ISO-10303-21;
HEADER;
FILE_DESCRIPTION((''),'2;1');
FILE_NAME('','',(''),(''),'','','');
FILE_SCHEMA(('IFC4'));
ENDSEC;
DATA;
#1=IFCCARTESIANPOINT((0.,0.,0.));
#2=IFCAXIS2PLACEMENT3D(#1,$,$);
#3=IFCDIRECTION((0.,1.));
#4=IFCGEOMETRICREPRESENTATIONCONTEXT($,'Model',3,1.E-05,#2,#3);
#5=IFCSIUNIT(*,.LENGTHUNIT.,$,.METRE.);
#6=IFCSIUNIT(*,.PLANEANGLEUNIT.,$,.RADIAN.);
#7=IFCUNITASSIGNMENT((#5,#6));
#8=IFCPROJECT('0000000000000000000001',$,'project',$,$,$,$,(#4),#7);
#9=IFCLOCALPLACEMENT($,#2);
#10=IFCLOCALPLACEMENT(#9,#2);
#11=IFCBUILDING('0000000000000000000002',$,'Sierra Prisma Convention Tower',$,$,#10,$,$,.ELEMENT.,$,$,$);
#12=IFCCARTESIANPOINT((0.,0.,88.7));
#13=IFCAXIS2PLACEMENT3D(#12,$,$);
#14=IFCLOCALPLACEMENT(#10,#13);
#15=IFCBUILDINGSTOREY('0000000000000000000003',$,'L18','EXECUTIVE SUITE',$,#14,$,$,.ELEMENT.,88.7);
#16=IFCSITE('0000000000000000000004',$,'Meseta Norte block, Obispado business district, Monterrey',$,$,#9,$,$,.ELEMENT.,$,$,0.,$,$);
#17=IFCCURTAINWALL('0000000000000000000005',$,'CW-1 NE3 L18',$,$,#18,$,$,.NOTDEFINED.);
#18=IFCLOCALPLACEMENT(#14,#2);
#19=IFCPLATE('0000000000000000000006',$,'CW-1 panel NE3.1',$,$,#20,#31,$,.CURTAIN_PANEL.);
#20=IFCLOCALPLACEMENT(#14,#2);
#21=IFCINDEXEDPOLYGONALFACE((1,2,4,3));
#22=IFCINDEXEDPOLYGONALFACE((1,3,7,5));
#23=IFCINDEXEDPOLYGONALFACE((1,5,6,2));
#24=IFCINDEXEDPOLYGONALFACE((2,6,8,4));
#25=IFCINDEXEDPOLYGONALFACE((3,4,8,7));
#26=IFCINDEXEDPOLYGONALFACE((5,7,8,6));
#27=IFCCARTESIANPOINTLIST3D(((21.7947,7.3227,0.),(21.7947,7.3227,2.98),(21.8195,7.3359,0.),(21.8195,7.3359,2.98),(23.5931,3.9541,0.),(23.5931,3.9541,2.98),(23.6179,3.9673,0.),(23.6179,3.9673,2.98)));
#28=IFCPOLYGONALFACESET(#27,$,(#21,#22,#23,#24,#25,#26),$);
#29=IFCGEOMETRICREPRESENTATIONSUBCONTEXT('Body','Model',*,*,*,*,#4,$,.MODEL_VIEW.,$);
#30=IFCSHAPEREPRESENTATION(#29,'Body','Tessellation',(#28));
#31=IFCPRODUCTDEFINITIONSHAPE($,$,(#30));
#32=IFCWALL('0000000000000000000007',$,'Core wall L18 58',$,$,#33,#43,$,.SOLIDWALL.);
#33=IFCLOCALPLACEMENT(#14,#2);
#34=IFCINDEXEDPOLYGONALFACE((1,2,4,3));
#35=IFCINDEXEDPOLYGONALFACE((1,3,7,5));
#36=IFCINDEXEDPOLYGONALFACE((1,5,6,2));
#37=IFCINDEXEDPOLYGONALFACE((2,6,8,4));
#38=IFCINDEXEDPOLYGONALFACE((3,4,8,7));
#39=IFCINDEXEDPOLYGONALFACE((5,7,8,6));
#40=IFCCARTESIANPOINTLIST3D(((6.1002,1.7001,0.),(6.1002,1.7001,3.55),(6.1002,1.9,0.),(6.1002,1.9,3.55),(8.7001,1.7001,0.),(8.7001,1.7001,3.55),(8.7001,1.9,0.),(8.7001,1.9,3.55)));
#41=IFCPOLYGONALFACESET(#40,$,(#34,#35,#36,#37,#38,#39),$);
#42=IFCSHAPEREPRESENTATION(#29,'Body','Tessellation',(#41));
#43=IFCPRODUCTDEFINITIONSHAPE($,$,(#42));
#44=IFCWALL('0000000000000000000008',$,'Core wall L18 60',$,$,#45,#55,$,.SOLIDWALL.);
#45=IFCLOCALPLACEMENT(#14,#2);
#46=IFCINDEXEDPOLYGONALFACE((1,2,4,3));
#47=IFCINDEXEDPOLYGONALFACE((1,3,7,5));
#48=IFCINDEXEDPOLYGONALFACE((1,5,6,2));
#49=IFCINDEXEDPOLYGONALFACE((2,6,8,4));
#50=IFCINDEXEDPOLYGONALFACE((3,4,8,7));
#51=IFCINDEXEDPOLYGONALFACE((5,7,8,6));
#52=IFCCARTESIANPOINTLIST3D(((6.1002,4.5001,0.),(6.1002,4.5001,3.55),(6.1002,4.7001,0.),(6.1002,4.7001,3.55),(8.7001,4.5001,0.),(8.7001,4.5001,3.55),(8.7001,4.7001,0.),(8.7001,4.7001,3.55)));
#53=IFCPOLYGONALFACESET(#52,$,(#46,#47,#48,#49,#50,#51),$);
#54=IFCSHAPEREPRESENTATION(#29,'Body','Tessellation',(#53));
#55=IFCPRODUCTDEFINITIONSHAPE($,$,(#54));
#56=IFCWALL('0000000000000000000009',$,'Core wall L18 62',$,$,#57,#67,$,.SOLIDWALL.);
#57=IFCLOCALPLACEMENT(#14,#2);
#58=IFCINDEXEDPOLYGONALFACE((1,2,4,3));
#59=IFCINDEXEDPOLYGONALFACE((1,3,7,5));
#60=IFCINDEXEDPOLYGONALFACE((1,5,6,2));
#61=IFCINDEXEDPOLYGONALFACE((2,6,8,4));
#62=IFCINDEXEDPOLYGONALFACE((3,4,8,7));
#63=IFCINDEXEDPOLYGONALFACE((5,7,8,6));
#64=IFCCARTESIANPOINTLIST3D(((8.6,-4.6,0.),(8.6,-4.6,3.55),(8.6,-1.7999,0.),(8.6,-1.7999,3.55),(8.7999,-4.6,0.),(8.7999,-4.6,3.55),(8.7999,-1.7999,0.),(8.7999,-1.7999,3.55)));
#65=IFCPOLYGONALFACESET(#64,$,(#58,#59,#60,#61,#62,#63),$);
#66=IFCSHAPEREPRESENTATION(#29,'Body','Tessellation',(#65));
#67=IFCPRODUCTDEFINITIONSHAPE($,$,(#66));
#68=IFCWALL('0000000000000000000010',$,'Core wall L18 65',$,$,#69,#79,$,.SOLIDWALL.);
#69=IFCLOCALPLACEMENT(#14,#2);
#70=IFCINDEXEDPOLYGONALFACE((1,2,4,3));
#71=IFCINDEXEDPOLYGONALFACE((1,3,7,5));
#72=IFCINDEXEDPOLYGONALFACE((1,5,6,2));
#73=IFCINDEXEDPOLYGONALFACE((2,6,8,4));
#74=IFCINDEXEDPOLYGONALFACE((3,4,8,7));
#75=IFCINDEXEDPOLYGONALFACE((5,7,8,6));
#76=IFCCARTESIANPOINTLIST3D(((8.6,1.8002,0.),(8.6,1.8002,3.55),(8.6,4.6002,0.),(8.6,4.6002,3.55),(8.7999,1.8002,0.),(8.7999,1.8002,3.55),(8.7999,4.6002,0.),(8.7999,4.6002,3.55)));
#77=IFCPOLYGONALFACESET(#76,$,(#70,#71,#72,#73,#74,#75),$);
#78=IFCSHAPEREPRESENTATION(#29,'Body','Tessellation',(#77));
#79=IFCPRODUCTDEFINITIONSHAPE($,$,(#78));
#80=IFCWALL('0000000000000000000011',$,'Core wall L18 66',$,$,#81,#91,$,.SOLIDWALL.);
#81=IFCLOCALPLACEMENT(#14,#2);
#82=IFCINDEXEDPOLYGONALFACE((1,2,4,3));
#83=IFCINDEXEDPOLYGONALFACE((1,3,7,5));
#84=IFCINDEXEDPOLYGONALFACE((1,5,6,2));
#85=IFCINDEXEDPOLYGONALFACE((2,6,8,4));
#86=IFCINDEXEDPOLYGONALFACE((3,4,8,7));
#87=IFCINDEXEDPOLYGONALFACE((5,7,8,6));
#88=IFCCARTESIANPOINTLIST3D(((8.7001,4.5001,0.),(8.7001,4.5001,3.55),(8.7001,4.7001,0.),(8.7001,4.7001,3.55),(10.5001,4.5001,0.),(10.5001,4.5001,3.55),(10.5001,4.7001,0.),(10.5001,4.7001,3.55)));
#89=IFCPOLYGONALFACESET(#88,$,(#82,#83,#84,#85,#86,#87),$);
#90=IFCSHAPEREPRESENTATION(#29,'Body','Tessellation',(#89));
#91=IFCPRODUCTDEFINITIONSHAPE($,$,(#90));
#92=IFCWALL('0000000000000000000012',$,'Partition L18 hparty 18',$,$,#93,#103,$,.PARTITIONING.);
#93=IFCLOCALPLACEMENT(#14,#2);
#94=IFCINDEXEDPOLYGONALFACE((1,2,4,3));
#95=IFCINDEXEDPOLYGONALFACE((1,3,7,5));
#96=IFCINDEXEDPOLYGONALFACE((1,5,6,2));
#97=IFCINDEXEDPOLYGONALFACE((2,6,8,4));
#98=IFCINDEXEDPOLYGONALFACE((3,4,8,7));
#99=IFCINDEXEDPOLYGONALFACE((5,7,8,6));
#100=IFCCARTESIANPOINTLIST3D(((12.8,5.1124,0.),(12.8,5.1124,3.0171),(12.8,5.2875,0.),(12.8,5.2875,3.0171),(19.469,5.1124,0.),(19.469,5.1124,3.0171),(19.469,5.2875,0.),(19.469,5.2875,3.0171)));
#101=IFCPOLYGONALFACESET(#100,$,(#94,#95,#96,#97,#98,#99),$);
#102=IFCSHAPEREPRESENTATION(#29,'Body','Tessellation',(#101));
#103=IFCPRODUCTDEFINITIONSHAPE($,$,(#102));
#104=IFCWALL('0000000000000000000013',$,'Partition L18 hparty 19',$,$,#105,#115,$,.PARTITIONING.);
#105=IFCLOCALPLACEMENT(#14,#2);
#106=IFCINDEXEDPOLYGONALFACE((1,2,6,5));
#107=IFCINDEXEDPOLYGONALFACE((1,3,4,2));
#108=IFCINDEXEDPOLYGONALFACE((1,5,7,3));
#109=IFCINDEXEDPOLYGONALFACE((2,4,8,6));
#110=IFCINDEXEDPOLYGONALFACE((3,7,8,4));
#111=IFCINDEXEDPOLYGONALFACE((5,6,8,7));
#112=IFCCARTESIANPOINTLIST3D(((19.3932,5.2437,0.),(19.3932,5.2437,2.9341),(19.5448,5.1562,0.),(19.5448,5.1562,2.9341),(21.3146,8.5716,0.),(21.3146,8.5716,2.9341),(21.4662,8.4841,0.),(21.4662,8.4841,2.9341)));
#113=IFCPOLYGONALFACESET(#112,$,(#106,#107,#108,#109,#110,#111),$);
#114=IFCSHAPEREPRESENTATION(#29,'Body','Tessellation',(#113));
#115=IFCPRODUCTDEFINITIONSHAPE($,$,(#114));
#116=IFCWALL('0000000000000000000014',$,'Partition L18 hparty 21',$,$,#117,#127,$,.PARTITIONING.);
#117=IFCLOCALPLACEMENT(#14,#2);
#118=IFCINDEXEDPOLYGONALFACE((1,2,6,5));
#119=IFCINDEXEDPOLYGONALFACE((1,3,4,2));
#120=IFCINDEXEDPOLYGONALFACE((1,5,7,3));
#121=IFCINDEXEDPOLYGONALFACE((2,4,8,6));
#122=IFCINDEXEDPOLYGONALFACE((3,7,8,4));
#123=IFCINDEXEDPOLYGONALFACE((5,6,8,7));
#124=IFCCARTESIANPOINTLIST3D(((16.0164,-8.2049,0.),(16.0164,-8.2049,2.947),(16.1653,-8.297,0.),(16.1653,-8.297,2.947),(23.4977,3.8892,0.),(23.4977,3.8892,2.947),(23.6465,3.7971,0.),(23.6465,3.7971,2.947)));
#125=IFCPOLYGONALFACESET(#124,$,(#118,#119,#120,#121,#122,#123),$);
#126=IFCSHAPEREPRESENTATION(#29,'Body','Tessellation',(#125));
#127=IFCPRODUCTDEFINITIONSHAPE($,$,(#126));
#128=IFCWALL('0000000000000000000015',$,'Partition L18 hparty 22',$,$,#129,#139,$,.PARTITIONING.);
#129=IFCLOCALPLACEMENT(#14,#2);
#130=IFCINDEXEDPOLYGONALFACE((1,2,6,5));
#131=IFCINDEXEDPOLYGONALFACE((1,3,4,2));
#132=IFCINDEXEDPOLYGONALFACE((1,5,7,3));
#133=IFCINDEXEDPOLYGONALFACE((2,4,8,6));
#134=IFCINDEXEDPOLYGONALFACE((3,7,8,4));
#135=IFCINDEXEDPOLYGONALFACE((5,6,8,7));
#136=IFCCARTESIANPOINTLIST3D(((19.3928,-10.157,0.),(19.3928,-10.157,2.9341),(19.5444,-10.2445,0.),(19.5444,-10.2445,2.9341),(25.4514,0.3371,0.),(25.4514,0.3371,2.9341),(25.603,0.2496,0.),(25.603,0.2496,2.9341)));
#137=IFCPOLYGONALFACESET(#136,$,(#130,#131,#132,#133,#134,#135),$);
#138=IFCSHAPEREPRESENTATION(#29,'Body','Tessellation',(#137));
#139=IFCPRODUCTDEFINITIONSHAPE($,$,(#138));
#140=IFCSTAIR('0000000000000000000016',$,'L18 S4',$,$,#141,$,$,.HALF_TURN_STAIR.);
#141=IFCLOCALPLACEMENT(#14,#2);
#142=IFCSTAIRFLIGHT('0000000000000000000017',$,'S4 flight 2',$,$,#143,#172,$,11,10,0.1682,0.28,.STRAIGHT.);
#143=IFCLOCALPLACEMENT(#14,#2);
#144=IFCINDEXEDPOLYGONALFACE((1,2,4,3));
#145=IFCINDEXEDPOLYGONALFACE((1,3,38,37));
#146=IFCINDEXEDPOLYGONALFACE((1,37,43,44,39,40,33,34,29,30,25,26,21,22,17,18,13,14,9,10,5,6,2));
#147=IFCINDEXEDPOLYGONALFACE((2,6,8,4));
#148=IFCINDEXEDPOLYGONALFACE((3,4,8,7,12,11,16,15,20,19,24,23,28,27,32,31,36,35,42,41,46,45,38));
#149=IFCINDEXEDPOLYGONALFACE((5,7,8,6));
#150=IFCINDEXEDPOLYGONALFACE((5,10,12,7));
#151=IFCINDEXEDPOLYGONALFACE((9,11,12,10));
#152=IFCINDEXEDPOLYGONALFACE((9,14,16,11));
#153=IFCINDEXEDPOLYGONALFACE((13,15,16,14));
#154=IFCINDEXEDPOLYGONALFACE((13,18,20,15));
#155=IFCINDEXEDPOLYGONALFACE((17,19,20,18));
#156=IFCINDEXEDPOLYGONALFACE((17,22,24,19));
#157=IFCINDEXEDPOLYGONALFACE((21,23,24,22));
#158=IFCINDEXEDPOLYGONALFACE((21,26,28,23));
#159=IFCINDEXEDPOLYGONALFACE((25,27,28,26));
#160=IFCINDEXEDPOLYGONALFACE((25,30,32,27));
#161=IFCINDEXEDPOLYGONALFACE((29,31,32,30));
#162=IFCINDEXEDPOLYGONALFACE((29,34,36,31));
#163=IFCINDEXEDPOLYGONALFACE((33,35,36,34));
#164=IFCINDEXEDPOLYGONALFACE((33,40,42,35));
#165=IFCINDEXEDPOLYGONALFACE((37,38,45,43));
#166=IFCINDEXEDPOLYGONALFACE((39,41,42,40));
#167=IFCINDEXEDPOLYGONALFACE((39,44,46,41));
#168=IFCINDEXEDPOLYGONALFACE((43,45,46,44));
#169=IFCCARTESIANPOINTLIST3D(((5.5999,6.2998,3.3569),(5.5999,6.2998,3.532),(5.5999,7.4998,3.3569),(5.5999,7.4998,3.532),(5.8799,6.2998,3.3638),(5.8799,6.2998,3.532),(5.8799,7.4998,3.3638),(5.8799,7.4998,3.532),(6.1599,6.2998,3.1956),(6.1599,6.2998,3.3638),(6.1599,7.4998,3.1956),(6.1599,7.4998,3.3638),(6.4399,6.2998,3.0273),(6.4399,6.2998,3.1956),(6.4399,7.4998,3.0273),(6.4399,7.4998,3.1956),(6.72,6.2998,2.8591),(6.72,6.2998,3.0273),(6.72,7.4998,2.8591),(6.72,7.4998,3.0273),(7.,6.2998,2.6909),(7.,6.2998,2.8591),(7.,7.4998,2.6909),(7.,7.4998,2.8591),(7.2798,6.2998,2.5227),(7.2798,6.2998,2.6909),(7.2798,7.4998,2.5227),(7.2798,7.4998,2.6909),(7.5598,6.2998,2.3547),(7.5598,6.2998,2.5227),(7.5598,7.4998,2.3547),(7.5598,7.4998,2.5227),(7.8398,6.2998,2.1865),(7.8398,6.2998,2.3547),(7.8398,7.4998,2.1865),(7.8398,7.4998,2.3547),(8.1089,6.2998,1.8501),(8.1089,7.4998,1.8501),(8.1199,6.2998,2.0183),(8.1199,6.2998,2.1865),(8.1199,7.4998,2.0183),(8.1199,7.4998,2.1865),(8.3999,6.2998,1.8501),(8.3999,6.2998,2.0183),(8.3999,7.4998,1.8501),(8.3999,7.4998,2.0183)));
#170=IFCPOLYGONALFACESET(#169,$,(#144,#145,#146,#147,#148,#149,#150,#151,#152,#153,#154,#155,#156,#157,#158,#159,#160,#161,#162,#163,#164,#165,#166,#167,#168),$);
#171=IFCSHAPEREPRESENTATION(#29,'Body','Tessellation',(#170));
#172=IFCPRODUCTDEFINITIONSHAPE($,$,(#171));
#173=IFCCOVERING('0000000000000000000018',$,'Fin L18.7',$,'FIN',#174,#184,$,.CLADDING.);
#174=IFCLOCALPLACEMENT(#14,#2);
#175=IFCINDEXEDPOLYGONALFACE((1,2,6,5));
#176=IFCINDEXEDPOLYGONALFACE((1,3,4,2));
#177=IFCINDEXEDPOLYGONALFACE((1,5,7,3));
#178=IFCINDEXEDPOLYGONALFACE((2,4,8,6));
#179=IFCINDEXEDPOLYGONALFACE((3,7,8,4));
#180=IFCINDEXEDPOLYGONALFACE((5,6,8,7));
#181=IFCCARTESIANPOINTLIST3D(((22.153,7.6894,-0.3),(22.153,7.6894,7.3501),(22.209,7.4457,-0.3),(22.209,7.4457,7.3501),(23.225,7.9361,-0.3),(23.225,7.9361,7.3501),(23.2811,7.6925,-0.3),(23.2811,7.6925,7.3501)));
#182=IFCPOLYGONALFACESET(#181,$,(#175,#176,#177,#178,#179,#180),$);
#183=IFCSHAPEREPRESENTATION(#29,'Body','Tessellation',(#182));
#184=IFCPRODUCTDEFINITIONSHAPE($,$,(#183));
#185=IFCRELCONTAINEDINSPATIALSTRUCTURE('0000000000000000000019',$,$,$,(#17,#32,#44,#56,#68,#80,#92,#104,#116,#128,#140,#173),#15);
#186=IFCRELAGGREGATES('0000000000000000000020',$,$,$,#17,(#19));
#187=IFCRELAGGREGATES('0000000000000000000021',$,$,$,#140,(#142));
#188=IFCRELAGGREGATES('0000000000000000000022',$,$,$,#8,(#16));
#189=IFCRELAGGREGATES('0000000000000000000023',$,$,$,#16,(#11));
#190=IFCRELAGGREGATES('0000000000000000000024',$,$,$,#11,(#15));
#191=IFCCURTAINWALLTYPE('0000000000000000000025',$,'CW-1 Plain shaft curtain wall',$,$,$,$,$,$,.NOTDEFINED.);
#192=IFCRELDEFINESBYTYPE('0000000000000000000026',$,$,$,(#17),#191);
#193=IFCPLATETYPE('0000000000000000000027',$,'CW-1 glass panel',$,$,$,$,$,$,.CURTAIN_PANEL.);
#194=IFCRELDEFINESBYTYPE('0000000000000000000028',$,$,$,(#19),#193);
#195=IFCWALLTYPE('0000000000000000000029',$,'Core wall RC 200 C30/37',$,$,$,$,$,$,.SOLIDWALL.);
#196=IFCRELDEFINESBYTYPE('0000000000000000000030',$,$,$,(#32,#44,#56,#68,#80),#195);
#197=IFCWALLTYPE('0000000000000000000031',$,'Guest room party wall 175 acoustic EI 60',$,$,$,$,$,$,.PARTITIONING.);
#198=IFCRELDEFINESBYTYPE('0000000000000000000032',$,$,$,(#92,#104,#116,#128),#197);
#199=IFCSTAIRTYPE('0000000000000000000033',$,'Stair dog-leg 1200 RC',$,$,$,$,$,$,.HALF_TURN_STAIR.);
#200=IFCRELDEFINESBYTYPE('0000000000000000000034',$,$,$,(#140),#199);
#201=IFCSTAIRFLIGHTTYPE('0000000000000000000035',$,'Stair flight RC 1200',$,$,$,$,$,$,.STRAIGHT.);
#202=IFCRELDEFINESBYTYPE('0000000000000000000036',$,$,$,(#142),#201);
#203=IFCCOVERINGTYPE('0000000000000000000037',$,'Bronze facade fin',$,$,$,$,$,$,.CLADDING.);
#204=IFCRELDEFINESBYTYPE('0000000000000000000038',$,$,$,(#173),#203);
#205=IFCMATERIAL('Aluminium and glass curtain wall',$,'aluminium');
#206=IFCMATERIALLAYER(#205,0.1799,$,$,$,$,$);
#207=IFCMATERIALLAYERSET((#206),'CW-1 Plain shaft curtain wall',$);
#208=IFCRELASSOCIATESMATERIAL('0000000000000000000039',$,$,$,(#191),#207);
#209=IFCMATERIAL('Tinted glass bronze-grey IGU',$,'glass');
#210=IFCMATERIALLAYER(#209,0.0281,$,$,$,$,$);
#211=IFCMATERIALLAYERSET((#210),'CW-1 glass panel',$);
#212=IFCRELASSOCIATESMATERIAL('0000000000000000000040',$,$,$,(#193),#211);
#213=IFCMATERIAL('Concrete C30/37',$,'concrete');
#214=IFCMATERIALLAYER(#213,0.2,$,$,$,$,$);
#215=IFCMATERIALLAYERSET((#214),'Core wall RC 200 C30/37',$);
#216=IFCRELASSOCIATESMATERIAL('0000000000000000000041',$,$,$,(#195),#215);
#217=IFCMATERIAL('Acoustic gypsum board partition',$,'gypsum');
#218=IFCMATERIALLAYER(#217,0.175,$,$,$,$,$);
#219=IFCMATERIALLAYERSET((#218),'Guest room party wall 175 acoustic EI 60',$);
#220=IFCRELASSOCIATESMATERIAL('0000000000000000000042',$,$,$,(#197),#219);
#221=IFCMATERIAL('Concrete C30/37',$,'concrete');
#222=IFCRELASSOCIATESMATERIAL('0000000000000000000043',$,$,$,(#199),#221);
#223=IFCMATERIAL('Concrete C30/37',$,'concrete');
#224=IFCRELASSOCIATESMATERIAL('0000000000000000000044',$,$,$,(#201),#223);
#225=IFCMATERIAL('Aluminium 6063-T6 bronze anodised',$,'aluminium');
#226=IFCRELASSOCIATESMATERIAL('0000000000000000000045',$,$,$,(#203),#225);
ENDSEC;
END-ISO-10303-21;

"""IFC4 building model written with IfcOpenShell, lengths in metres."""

from ifc_helpers import new_model, si_unit, direction, frame, frame_2d, origin, origin_2d, place, context, subcontext, project, spatial, polyline, rectangle, outline, extrude, material, layer, layer_set, material_profile, profile_set, type_object, element, aggregate, save


model = new_model("IFC4")

# Units and contexts
model_context = context("Model", 3, precision=1e-05, world=origin(), true_north=direction((0.0, 1.0)))
body_context = subcontext(model_context, "Body", "Model", "MODEL_VIEW")
ifc_project = project(units=[si_unit("LENGTHUNIT", "METRE"), si_unit("PLANEANGLEUNIT", "RADIAN")], contexts=[model_context])

# Site, building, storey
site_placement = place(None, origin())
site = spatial("IfcSite", under=ifc_project, at=site_placement, Name="Meseta Norte block, Obispado business district, Monterrey", CompositionType="ELEMENT", RefElevation=0.0)
building_placement = place(site_placement, origin())
building = spatial("IfcBuilding", under=site, at=building_placement, Name="Sierra Prisma Convention Tower", CompositionType="ELEMENT")
storey_placement = place(building_placement, frame((0.0, 0.0, 88.7)))
storey = spatial("IfcBuildingStorey", under=building, at=storey_placement, Name="L18", Description="EXECUTIVE SUITE", CompositionType="ELEMENT", Elevation=88.7)

# Shared definitions
ifc_material_1 = material(Name="Aluminium and glass curtain wall", Category="aluminium")
ifc_layer_1 = layer(ifc_material_1, 0.1799)
ifc_layer_set_1 = layer_set([ifc_layer_1], Name="CW-1 Plain shaft curtain wall")
curtain_wall_type = type_object("IfcCurtainWallType", Name="CW-1 Plain shaft curtain wall", PredefinedType="NOTDEFINED", material=ifc_layer_set_1)

# Curtain wall
curtain_wall_1_placement = place(storey_placement, origin())
curtain_wall_1 = element("IfcCurtainWall", 1, at=curtain_wall_1_placement, inside=storey, type_object=curtain_wall_type, Name="CW-1 NE3 L18", PredefinedType="NOTDEFINED")

# Plate
ifc_material_2 = material(Name="Tinted glass bronze-grey IGU", Category="glass")
ifc_layer_2 = layer(ifc_material_2, 0.0281)
ifc_layer_set_2 = layer_set([ifc_layer_2], Name="CW-1 glass panel")
plate_type = type_object("IfcPlateType", Name="CW-1 glass panel", PredefinedType="CURTAIN_PANEL", material=ifc_layer_set_2)
plate_1_placement = place(storey_placement, frame((22.7063, 5.645, 0.0), z_axis=(0.0, 0.0, 1.0), x_axis=(-0.470969, 0.88215, 0.0)))
plate_1 = element("IfcPlate", 2, at=plate_1_placement, type_object=plate_type, Name="CW-1 panel NE3.1", PredefinedType="CURTAIN_PANEL", context=body_context, shape_type="SweptSolid", body=[
    extrude(rectangle(XDim=3.8186, YDim=0.0281, at=origin_2d()), origin(), (0.0, 0.0, 1.0), 2.98),
])
aggregate(curtain_wall_1, [plate_1])

# Walls
ifc_material_3 = material(Name="Concrete C30/37", Category="concrete")
ifc_layer_3 = layer(ifc_material_3, 0.2)
ifc_layer_set_3 = layer_set([ifc_layer_3], Name="Core wall RC 200 C30/37")
wall_type_1 = type_object("IfcWallType", Name="Core wall RC 200 C30/37", PredefinedType="SOLIDWALL", material=ifc_layer_set_3)
for number, where, z_axis, x_axis, name in (
    (3, (8.7, 1.8, 0.0), (0.0, 0.0, 1.0), (-1.0, 0.0, 0.0), "Core wall L18 58"),
    (4, (8.7, 4.6001, 0.0), (0.0, 0.0, 1.0), (-1.0, 0.0, 0.0), "Core wall L18 60"),
):
    element("IfcWall", number, at=place(storey_placement, frame(where, z_axis=z_axis, x_axis=x_axis)), inside=storey, type_object=wall_type_1, Name=name, PredefinedType="SOLIDWALL", context=body_context, shape_type="SweptSolid", body=[
        extrude(rectangle(XDim=2.5999, YDim=0.2, at=frame_2d((1.2998, 0.0))), origin(), (0.0, 0.0, 1.0), 3.55),
    ])
wall_1_placement = place(storey_placement, frame((8.7, -1.8, 0.0), z_axis=(0.0, 0.0, 1.0), x_axis=(0.0, -1.0, 0.0)))
element("IfcWall", 5, at=wall_1_placement, inside=storey, type_object=wall_type_1, Name="Core wall L18 62", PredefinedType="SOLIDWALL", context=body_context, shape_type="SweptSolid", body=[
    extrude(rectangle(XDim=2.8, YDim=0.2, at=frame_2d((1.3999, 0.0))), origin(), (0.0, 0.0, 1.0), 3.55),
])

# Walls
wall_2_placement = place(storey_placement, frame((8.7, 4.6001, 0.0), z_axis=(0.0, 0.0, 1.0), x_axis=(0.0, -1.0, 0.0)))
element("IfcWall", 6, at=wall_2_placement, inside=storey, type_object=wall_type_1, Name="Core wall L18 65", PredefinedType="SOLIDWALL", context=body_context, shape_type="SweptSolid", body=[
    extrude(rectangle(XDim=2.8, YDim=0.2, at=frame_2d((1.3999, 0.0))), origin(), (0.0, 0.0, 1.0), 3.55),
])
wall_3_placement = place(storey_placement, frame((10.5, 4.6001, 0.0), z_axis=(0.0, 0.0, 1.0), x_axis=(-1.0, 0.0, 0.0)))
element("IfcWall", 7, at=wall_3_placement, inside=storey, type_object=wall_type_1, Name="Core wall L18 66", PredefinedType="SOLIDWALL", context=body_context, shape_type="SweptSolid", body=[
    extrude(rectangle(XDim=1.8, YDim=0.2, at=frame_2d((0.8999, 0.0))), origin(), (0.0, 0.0, 1.0), 3.55),
])
ifc_material_4 = material(Name="Acoustic gypsum board partition", Category="gypsum")
ifc_layer_4 = layer(ifc_material_4, 0.175)
ifc_layer_set_4 = layer_set([ifc_layer_4], Name="Guest room party wall 175 acoustic EI 60")
wall_type_2 = type_object("IfcWallType", Name="Guest room party wall 175 acoustic EI 60", PredefinedType="PARTITIONING", material=ifc_layer_set_4)
wall_4_placement = place(storey_placement, frame((12.8, 5.2, 0.0), z_axis=(0.0, 0.0, 1.0), x_axis=(1.0, 0.0, 0.0)))
element("IfcWall", 8, at=wall_4_placement, inside=storey, type_object=wall_type_2, Name="Partition L18 hparty 18", PredefinedType="PARTITIONING", context=body_context, shape_type="SweptSolid", body=[
    extrude(rectangle(XDim=6.6689, YDim=0.175, at=frame_2d((3.3345, 0.0))), origin(), (0.0, 0.0, 1.0), 3.0171),
])
wall_5_placement = place(storey_placement, frame((19.469, 5.2, 0.0), z_axis=(0.0, 0.0, 1.0), x_axis=(0.500007, 0.866022, 0.0)))
element("IfcWall", 9, at=wall_5_placement, inside=storey, type_object=wall_type_2, Name="Partition L18 hparty 19", PredefinedType="PARTITIONING", context=body_context, shape_type="SweptSolid", body=[
    extrude(rectangle(XDim=3.8428, YDim=0.175, at=frame_2d((1.9214, 0.0))), origin(), (0.0, 0.0, 1.0), 2.9341),
])
wall_6_placement = place(storey_placement, frame((23.572, 3.843, 0.0), z_axis=(0.0, 0.0, 1.0), x_axis=(-0.526072, -0.85044, 0.0)))
element("IfcWall", 10, at=wall_6_placement, inside=storey, type_object=wall_type_2, Name="Partition L18 hparty 21", PredefinedType="PARTITIONING", context=body_context, shape_type="SweptSolid", body=[
    extrude(rectangle(XDim=14.2209, YDim=0.175, at=frame_2d((7.1104, 0.0))), origin(), (0.0, 0.0, 1.0), 2.947),
])
wall_7_placement = place(storey_placement, frame((25.5271, 0.2932, 0.0), z_axis=(0.0, 0.0, 1.0), x_axis=(-0.499988, -0.866033, 0.0)))
element("IfcWall", 11, at=wall_7_placement, inside=storey, type_object=wall_type_2, Name="Partition L18 hparty 22", PredefinedType="PARTITIONING", context=body_context, shape_type="SweptSolid", body=[
    extrude(rectangle(XDim=12.1174, YDim=0.175, at=frame_2d((6.0586, 0.0))), origin(), (0.0, 0.0, 1.0), 2.9341),
])

# Stair, stair flight
ifc_material_5 = material(Name="Concrete C30/37", Category="concrete")
stair_type = type_object("IfcStairType", Name="Stair dog-leg 1200 RC", PredefinedType="HALF_TURN_STAIR", material=ifc_material_5)
stair_placement = place(storey_placement, origin())
stair = element("IfcStair", 12, at=stair_placement, inside=storey, type_object=stair_type, Name="L18 S4", PredefinedType="HALF_TURN_STAIR")
ifc_material_6 = material(Name="Concrete C30/37", Category="concrete")
stair_flight_type = type_object("IfcStairFlightType", Name="Stair flight RC 1200", PredefinedType="STRAIGHT", material=ifc_material_6)
stair_flight_placement = place(storey_placement, frame((8.3999, 6.8999, 1.8501), z_axis=(0.0, 0.0, 1.0), x_axis=(-1.0, 0.0, 0.0)))
stair_flight = element("IfcStairFlight", 13, at=stair_flight_placement, type_object=stair_flight_type, Name="S4 flight 2", NumberOfRisers=11, NumberOfTreads=10, PredefinedType="STRAIGHT", RiserHeight=0.1682, TreadLength=0.28, context=body_context, shape_type="SweptSolid", body=[
    extrude(outline(polyline([(0.0, 0.0), (0.0, 0.1682), (0.28, 0.1682), (0.28, 0.3364), (0.5601, 0.3364), (0.5601, 0.5046), (0.8401, 0.5046), (0.8401, 0.6726), (1.1201, 0.6726), (1.1201, 0.8408), (1.3999, 0.8408), (1.3999, 1.009), (1.6799, 1.009), (1.6799, 1.1772), (1.96, 1.1772), (1.96, 1.3455), (2.24, 1.3455), (2.24, 1.5137), (2.52, 1.5137), (2.52, 1.6819), (2.8, 1.6819), (2.8, 1.8501), (2.8, 1.5068), (0.291, 0.0), (0.0, 0.0)])), frame((0.0, 0.6001, 0.0), z_axis=(0.0, -1.0, 0.0), x_axis=(1.0, 0.0, 0.0)), (0.0, 0.0, 1.0), 1.2),
])
aggregate(stair, [stair_flight])

# Covering
ifc_material_7 = material(Name="Aluminium 6063-T6 bronze anodised", Category="aluminium")
ifc_material_profile_1 = material_profile(ifc_material_7, rectangle(XDim=1.1001, YDim=0.25, at=origin_2d()), Name="ALU FIN 1100x250")
ifc_profile_set_1 = profile_set([ifc_material_profile_1], Name="Aluminium 6063-T6 bronze anodised")
covering_type = type_object("IfcCoveringType", Name="Bronze facade fin", PredefinedType="CLADDING", material=ifc_profile_set_1)
covering_placement = place(storey_placement, frame((22.717, 7.6909, -0.3), z_axis=(0.0, 0.0, 1.0), x_axis=(0.974522, 0.224293, 0.0)))
element("IfcCovering", 14, at=covering_placement, inside=storey, type_object=covering_type, Name="Fin L18.7", ObjectType="FIN", PredefinedType="CLADDING", context=body_context, shape_type="SweptSolid", body=[
    extrude(rectangle(XDim=1.1001, YDim=0.25, at=origin_2d()), origin(), (0.0, 0.0, 1.0), 7.6501),
])

save(model, "model.ifc")
